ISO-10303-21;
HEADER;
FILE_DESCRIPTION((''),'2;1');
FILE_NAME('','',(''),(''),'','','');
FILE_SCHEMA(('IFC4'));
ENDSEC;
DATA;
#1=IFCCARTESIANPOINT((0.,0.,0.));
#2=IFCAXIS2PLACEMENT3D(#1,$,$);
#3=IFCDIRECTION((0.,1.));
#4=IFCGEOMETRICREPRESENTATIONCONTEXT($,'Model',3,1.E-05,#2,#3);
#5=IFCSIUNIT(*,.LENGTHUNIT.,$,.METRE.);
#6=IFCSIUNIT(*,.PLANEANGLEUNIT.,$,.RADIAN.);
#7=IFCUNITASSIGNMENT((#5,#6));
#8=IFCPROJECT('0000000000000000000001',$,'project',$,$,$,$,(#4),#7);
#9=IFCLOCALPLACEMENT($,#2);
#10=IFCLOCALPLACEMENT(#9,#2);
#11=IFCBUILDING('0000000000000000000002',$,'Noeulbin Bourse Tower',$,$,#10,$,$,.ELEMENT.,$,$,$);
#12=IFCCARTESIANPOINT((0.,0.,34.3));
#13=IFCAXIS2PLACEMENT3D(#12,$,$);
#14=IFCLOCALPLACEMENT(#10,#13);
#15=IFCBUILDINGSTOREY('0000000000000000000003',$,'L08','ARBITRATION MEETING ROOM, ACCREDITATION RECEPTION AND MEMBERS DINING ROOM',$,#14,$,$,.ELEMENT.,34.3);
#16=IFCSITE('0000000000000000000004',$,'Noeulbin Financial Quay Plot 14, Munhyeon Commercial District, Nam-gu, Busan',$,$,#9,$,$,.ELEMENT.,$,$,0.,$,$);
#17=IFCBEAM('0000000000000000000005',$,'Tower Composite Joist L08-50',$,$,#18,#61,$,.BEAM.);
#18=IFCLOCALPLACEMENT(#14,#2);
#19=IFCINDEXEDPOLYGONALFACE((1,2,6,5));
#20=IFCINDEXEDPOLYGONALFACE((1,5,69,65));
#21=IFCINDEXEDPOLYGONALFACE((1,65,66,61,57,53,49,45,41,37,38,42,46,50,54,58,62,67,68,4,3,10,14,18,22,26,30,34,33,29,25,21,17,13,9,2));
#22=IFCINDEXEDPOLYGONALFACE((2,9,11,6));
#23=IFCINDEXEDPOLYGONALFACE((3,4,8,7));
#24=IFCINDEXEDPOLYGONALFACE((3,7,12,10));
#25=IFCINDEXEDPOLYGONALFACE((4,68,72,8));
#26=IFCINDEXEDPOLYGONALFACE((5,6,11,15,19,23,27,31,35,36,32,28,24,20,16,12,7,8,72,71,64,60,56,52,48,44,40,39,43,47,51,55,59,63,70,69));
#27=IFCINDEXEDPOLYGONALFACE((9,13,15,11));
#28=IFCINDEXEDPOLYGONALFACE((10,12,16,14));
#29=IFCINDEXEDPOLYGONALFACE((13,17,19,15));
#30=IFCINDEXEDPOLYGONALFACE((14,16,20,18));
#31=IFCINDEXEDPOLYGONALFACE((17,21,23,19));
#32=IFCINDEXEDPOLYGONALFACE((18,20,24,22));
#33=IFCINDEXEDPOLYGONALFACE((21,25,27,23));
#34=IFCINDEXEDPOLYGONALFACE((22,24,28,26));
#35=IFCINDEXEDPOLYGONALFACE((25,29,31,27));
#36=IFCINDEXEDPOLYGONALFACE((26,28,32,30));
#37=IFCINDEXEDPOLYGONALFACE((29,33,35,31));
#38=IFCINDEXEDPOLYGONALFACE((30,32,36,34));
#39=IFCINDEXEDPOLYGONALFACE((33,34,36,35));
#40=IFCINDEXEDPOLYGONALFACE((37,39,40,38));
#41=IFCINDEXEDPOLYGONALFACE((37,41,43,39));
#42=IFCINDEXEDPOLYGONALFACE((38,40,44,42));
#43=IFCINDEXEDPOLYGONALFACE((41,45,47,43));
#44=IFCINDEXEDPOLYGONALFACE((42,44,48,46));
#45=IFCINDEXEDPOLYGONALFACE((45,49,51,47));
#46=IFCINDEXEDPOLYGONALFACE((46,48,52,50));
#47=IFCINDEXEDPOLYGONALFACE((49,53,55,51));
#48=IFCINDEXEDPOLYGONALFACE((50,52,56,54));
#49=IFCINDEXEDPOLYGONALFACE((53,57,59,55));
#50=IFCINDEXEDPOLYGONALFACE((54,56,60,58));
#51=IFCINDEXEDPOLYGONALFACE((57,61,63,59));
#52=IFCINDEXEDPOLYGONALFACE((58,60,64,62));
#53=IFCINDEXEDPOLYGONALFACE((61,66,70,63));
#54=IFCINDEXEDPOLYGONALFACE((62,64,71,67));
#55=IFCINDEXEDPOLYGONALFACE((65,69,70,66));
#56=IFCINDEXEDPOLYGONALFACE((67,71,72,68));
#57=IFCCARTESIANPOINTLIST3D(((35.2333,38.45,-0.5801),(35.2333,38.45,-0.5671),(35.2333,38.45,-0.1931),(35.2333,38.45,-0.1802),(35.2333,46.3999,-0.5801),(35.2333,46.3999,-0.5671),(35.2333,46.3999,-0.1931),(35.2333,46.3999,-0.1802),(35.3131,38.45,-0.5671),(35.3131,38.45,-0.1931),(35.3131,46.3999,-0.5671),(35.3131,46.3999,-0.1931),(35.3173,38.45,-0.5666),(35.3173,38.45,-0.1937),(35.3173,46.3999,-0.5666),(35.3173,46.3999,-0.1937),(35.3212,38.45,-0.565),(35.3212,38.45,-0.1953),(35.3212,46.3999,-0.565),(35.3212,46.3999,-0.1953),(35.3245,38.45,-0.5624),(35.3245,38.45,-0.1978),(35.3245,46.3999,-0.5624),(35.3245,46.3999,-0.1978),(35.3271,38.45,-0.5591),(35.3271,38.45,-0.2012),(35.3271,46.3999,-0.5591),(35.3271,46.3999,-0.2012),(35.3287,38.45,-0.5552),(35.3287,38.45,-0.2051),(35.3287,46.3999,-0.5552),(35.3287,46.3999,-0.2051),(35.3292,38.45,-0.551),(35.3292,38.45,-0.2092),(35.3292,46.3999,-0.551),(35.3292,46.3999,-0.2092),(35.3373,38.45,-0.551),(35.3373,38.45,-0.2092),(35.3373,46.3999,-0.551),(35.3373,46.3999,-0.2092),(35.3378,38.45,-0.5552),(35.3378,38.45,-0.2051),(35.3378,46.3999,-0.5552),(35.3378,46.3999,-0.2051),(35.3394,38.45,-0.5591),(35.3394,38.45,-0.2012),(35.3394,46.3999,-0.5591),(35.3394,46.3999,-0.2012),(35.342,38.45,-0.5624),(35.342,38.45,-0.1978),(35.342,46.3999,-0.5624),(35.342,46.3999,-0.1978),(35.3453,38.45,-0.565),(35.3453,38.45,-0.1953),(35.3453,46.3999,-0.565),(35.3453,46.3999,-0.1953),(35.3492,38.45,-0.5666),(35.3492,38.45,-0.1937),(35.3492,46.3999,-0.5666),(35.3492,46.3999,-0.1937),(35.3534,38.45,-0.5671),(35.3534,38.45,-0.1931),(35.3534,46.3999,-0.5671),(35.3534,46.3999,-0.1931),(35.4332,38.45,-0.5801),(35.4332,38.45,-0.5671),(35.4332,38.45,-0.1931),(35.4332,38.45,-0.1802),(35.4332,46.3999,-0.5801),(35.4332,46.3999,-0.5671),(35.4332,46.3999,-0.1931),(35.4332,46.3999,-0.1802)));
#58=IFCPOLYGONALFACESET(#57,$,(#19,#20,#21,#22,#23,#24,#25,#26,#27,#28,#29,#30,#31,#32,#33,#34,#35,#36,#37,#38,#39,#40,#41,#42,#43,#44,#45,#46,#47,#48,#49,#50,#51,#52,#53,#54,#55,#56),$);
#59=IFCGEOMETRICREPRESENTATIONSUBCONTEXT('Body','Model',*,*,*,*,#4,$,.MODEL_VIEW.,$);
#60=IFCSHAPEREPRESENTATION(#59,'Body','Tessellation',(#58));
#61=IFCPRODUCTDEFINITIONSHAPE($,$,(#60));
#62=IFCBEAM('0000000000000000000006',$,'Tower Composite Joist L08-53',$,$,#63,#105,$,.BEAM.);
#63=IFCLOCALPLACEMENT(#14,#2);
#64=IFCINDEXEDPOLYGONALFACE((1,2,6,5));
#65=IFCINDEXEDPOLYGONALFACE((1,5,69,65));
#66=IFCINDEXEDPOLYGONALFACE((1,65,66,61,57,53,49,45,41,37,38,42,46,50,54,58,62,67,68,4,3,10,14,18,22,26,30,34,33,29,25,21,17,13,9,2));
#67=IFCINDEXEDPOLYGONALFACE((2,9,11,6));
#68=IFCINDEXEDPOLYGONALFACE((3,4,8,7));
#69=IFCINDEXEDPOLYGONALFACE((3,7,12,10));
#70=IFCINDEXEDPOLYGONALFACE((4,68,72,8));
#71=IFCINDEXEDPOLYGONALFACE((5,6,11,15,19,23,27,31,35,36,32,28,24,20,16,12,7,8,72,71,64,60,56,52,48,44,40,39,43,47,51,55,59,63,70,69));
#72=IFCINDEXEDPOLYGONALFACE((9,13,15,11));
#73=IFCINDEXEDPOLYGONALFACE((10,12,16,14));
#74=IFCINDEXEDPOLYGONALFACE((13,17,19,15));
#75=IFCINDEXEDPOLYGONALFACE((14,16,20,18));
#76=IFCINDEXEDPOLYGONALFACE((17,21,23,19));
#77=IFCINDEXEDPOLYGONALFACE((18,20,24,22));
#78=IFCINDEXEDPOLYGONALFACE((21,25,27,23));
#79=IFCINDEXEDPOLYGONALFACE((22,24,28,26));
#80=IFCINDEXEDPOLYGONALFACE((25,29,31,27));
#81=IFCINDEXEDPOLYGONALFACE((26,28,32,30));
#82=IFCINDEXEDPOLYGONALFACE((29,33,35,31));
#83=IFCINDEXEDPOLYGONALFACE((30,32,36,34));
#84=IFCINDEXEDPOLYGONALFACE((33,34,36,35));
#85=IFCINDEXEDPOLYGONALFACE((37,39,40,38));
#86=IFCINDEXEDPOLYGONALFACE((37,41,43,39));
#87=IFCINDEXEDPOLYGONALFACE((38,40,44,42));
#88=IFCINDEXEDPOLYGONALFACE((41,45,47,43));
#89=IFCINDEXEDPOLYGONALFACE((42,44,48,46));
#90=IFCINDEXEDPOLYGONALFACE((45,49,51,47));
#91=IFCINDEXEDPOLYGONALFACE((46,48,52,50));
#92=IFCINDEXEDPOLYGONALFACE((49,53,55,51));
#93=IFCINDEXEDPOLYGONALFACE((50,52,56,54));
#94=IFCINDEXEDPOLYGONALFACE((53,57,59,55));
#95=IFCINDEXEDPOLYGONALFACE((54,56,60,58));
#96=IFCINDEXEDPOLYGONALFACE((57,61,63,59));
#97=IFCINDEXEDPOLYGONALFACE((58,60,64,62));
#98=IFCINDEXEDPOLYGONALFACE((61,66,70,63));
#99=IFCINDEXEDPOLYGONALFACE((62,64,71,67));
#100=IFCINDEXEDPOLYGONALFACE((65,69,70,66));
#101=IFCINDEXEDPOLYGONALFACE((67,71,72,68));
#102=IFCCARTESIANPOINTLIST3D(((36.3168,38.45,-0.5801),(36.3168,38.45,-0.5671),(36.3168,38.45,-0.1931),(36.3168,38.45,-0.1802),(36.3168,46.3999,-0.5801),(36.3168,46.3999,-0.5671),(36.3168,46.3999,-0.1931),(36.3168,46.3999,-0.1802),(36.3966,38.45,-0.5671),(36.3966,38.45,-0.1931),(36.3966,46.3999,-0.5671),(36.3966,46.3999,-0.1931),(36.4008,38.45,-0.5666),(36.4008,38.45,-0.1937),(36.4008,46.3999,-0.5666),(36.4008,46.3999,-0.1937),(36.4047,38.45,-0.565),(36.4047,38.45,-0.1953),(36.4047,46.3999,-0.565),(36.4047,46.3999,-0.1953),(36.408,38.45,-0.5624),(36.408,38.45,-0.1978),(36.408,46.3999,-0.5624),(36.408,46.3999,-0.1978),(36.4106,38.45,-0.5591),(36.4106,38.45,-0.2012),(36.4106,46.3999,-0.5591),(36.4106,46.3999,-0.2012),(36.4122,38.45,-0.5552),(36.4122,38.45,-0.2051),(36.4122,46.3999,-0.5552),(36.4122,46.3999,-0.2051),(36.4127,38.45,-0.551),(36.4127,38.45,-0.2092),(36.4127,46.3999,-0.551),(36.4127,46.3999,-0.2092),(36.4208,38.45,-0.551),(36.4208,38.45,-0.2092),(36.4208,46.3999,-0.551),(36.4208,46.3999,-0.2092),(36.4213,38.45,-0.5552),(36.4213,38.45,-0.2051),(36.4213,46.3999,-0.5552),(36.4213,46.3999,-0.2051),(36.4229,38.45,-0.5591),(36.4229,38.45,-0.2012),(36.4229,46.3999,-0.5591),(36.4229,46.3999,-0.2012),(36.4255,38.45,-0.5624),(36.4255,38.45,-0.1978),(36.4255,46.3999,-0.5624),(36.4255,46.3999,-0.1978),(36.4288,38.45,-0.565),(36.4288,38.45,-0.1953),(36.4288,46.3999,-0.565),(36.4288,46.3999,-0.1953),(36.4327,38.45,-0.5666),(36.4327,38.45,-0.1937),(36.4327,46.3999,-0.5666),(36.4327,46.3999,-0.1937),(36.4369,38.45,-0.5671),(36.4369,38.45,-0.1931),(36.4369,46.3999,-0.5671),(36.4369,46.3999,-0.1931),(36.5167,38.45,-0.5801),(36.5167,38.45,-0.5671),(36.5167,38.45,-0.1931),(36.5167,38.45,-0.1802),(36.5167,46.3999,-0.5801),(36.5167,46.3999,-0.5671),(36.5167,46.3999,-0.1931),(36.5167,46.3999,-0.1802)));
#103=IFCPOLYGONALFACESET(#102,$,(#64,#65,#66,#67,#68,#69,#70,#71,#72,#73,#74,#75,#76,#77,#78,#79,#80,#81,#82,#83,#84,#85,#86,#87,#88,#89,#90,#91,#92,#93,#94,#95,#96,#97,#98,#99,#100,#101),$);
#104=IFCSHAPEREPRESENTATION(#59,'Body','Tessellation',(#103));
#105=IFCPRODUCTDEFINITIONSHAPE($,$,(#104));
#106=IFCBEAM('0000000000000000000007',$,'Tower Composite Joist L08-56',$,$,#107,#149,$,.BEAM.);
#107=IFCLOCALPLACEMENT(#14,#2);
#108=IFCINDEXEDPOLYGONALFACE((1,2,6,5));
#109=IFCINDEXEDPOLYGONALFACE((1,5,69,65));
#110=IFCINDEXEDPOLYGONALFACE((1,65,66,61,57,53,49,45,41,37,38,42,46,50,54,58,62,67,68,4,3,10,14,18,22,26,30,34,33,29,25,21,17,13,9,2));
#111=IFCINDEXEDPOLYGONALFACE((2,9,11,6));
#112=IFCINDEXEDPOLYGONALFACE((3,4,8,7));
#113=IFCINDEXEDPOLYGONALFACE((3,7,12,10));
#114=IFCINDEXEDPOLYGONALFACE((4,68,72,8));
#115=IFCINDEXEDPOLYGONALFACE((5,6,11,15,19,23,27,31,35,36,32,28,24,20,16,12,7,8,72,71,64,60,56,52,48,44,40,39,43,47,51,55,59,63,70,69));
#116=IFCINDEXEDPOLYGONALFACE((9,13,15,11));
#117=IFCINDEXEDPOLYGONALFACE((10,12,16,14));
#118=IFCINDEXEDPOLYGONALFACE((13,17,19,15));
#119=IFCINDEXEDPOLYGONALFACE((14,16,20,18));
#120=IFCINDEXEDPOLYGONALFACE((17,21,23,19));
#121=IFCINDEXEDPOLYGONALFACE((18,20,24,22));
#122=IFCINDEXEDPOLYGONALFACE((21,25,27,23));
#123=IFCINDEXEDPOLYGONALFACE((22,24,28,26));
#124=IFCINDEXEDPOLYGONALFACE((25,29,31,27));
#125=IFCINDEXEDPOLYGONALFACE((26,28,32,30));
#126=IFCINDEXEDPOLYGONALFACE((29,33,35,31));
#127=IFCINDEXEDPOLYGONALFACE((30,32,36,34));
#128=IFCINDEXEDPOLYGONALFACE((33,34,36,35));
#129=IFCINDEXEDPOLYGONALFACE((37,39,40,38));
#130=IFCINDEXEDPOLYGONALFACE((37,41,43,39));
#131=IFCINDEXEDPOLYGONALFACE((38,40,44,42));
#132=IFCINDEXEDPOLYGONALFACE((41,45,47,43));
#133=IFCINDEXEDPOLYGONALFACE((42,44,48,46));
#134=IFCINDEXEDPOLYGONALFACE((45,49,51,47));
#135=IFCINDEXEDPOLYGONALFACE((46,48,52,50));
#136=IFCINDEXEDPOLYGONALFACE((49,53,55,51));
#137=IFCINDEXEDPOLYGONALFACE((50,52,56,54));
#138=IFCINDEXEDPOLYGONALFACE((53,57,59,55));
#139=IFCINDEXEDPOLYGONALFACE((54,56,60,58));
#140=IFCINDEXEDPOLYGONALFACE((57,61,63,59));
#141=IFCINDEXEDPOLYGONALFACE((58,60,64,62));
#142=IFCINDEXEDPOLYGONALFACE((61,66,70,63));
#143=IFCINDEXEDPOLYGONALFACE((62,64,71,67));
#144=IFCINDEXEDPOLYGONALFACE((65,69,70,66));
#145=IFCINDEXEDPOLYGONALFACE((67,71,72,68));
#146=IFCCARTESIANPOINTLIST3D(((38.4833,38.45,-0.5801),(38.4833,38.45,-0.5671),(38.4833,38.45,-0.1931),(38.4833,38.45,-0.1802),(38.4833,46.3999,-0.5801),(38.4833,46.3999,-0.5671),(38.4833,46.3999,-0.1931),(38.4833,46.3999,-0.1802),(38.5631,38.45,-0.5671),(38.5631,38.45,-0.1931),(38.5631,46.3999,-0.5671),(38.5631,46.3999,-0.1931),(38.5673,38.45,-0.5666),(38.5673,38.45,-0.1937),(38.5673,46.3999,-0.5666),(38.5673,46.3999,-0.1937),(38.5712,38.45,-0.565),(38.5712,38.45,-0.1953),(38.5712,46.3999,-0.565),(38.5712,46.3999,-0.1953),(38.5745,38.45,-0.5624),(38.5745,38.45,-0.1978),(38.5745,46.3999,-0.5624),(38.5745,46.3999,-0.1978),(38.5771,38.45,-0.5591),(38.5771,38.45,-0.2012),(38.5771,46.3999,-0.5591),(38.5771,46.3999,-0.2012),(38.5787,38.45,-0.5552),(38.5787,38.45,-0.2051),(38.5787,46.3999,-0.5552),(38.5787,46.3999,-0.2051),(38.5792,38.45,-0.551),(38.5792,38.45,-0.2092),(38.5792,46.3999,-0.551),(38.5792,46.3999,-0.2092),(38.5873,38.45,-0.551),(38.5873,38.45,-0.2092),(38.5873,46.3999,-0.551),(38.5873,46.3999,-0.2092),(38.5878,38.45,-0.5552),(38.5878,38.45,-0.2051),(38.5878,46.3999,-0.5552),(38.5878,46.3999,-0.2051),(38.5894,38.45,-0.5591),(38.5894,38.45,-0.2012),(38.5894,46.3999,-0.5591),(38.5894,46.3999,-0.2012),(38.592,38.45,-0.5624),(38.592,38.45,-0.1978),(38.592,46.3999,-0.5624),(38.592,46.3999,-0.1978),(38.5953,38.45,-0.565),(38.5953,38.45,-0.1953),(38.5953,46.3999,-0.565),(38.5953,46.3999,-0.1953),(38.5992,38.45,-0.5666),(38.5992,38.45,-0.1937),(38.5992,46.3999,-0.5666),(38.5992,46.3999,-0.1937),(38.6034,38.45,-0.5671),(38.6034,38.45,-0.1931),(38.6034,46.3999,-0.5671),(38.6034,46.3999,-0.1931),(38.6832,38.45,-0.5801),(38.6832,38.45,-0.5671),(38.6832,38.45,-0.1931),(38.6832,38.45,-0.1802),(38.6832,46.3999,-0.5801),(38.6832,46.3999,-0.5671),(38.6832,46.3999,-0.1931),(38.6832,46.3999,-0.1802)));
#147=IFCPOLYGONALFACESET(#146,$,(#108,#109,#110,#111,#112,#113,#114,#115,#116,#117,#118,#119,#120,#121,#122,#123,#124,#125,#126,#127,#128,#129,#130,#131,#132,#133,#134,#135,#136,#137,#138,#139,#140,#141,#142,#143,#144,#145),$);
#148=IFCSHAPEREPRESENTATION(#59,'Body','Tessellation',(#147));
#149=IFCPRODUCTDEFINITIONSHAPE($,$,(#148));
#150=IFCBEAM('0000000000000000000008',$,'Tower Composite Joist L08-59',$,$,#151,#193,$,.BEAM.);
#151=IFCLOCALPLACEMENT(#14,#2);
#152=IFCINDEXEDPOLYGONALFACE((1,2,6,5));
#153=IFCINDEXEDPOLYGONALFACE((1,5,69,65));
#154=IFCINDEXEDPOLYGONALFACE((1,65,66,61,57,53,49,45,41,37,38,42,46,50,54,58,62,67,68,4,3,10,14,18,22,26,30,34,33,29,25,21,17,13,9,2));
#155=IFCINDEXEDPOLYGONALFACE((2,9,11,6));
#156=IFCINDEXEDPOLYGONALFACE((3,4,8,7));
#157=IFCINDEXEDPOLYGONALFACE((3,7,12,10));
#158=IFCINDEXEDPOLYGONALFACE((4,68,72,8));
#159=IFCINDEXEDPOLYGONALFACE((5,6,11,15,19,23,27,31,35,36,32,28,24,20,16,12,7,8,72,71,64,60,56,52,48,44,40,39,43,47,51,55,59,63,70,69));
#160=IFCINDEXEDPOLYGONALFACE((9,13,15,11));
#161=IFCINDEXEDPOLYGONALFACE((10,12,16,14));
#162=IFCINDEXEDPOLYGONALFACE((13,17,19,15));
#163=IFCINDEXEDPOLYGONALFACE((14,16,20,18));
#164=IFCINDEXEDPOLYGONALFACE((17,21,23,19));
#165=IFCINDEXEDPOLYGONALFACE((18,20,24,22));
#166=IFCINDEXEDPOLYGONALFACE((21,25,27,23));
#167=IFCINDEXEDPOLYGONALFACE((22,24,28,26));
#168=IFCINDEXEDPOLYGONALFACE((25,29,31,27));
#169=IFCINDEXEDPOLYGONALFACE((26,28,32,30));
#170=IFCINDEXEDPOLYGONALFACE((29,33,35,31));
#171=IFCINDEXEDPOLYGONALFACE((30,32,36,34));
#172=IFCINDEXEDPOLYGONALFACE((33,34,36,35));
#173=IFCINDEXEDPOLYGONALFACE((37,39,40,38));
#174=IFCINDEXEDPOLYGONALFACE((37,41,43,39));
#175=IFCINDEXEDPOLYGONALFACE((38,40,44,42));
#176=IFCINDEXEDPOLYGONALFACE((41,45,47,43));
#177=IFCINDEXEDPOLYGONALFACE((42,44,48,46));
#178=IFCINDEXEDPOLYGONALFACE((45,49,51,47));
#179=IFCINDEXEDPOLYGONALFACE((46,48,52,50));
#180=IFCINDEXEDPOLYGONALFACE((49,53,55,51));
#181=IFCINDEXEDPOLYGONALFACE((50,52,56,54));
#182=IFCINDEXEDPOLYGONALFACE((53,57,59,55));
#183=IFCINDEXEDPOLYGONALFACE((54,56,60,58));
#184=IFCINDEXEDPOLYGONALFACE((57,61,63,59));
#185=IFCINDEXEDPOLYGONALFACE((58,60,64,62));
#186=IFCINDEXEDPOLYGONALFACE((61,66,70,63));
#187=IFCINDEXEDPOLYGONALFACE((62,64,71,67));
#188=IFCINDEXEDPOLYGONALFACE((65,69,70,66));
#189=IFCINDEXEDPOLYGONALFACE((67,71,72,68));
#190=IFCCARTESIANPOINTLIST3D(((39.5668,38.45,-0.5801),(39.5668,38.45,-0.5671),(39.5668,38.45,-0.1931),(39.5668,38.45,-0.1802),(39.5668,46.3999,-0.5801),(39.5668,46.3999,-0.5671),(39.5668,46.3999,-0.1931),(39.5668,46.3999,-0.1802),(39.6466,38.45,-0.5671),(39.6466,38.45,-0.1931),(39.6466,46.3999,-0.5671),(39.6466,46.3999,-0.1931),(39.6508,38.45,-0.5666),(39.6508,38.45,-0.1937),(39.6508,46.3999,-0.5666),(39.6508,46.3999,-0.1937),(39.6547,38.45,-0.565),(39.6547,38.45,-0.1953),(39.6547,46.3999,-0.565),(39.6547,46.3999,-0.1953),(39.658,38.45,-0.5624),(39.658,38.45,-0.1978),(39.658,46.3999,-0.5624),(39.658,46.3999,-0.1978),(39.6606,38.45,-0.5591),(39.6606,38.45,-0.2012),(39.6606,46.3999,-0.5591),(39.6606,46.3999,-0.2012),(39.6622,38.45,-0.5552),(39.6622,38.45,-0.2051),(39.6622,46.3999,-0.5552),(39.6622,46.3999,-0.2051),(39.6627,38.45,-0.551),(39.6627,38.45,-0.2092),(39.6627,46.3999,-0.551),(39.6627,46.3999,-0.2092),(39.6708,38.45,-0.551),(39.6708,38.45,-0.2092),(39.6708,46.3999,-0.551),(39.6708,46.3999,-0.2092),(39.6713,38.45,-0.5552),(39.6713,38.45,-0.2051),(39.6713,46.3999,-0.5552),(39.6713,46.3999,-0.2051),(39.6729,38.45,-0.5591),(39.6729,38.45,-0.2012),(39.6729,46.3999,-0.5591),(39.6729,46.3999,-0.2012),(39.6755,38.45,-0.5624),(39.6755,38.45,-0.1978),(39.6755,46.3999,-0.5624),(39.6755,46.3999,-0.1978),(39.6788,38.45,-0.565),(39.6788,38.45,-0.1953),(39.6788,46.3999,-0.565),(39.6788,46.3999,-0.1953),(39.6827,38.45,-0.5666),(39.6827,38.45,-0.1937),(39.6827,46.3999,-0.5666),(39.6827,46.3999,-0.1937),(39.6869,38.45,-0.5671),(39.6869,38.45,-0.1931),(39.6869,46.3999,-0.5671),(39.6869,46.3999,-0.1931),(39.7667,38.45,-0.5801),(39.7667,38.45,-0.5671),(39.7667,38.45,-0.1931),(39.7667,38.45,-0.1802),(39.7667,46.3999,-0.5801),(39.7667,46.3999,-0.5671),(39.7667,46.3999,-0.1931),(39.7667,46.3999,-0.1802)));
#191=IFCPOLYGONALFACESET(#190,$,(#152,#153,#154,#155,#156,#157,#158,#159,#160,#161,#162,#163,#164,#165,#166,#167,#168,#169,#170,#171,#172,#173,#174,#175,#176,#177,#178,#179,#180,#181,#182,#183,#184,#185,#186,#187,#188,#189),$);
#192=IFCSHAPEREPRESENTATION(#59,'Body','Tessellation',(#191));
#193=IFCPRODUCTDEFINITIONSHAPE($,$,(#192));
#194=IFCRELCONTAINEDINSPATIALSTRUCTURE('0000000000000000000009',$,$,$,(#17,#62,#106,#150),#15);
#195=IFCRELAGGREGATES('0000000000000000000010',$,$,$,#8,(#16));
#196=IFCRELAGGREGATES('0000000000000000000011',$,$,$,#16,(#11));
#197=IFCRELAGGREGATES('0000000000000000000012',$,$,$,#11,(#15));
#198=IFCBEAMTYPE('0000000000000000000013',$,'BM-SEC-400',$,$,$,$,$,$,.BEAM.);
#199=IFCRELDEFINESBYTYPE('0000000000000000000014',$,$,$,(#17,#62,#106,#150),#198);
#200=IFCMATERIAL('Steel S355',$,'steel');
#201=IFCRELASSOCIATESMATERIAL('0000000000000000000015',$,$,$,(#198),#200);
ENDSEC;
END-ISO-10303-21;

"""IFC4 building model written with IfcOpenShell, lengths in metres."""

from ifc_helpers import new_model, si_unit, direction, frame, origin, origin_2d, place, context, subcontext, project, spatial, i_section, extrude, material, material_profile, profile_set, type_object, element, save


model = new_model("IFC4")

# Units and contexts
model_context = context("Model", 3, precision=1e-05, world=origin(), true_north=direction((0.0, 1.0)))
body_context = subcontext(model_context, "Body", "Model", "MODEL_VIEW")
ifc_project = project(units=[si_unit("LENGTHUNIT", "METRE"), si_unit("PLANEANGLEUNIT", "RADIAN")], contexts=[model_context])

# Site, building, storey
site_placement = place(None, origin())
site = spatial("IfcSite", under=ifc_project, at=site_placement, Name="Noeulbin Financial Quay Plot 14, Munhyeon Commercial District, Nam-gu, Busan", CompositionType="ELEMENT", RefElevation=0.0)
building_placement = place(site_placement, origin())
building = spatial("IfcBuilding", under=site, at=building_placement, Name="Noeulbin Bourse Tower", CompositionType="ELEMENT")
storey_placement = place(building_placement, frame((0.0, 0.0, 34.3)))
storey = spatial("IfcBuildingStorey", under=building, at=storey_placement, Name="L08", Description="ARBITRATION MEETING ROOM, ACCREDITATION RECEPTION AND MEMBERS DINING ROOM", CompositionType="ELEMENT", Elevation=34.3)

# Beams
ifc_material_1 = material(Name="Steel S355", Category="steel")
ifc_material_profile_1 = material_profile(ifc_material_1, i_section(OverallWidth=0.2, OverallDepth=0.3999, WebThickness=0.0081, FlangeThickness=0.0129, FilletRadius=0.0161, at=origin_2d()), Name="H-400x200x8x13", Category="LoadBearing")
ifc_profile_set_1 = profile_set([ifc_material_profile_1], Name="Steel S355")
beam_type_1 = type_object("IfcBeamType", Name="BM-SEC-400", PredefinedType="BEAM", material=ifc_profile_set_1)
for number, where, z_axis, x_axis, name in (
    (1, (35.3333, 38.45, -0.3801), (0.0, 1.0, 0.0), (-1.0, 0.0, 0.0), "Tower Composite Joist L08-50"),
    (2, (36.4167, 38.45, -0.3801), (0.0, 1.0, 0.0), (-1.0, 0.0, 0.0), "Tower Composite Joist L08-53"),
    (3, (38.5833, 38.45, -0.3801), (0.0, 1.0, 0.0), (-1.0, 0.0, 0.0), "Tower Composite Joist L08-56"),
    (4, (39.6667, 38.45, -0.3801), (0.0, 1.0, 0.0), (-1.0, 0.0, 0.0), "Tower Composite Joist L08-59"),
):
    element("IfcBeam", number, at=place(storey_placement, frame(where, z_axis=z_axis, x_axis=x_axis)), inside=storey, type_object=beam_type_1, Name=name, PredefinedType="BEAM", context=body_context, shape_type="SweptSolid", body=[
        extrude(i_section(OverallWidth=0.2, OverallDepth=0.3999, WebThickness=0.0081, FlangeThickness=0.0129, FilletRadius=0.0161, at=origin_2d()), origin(), (0.0, 0.0, 1.0), 7.95),
    ])

save(model, "model.ifc")
